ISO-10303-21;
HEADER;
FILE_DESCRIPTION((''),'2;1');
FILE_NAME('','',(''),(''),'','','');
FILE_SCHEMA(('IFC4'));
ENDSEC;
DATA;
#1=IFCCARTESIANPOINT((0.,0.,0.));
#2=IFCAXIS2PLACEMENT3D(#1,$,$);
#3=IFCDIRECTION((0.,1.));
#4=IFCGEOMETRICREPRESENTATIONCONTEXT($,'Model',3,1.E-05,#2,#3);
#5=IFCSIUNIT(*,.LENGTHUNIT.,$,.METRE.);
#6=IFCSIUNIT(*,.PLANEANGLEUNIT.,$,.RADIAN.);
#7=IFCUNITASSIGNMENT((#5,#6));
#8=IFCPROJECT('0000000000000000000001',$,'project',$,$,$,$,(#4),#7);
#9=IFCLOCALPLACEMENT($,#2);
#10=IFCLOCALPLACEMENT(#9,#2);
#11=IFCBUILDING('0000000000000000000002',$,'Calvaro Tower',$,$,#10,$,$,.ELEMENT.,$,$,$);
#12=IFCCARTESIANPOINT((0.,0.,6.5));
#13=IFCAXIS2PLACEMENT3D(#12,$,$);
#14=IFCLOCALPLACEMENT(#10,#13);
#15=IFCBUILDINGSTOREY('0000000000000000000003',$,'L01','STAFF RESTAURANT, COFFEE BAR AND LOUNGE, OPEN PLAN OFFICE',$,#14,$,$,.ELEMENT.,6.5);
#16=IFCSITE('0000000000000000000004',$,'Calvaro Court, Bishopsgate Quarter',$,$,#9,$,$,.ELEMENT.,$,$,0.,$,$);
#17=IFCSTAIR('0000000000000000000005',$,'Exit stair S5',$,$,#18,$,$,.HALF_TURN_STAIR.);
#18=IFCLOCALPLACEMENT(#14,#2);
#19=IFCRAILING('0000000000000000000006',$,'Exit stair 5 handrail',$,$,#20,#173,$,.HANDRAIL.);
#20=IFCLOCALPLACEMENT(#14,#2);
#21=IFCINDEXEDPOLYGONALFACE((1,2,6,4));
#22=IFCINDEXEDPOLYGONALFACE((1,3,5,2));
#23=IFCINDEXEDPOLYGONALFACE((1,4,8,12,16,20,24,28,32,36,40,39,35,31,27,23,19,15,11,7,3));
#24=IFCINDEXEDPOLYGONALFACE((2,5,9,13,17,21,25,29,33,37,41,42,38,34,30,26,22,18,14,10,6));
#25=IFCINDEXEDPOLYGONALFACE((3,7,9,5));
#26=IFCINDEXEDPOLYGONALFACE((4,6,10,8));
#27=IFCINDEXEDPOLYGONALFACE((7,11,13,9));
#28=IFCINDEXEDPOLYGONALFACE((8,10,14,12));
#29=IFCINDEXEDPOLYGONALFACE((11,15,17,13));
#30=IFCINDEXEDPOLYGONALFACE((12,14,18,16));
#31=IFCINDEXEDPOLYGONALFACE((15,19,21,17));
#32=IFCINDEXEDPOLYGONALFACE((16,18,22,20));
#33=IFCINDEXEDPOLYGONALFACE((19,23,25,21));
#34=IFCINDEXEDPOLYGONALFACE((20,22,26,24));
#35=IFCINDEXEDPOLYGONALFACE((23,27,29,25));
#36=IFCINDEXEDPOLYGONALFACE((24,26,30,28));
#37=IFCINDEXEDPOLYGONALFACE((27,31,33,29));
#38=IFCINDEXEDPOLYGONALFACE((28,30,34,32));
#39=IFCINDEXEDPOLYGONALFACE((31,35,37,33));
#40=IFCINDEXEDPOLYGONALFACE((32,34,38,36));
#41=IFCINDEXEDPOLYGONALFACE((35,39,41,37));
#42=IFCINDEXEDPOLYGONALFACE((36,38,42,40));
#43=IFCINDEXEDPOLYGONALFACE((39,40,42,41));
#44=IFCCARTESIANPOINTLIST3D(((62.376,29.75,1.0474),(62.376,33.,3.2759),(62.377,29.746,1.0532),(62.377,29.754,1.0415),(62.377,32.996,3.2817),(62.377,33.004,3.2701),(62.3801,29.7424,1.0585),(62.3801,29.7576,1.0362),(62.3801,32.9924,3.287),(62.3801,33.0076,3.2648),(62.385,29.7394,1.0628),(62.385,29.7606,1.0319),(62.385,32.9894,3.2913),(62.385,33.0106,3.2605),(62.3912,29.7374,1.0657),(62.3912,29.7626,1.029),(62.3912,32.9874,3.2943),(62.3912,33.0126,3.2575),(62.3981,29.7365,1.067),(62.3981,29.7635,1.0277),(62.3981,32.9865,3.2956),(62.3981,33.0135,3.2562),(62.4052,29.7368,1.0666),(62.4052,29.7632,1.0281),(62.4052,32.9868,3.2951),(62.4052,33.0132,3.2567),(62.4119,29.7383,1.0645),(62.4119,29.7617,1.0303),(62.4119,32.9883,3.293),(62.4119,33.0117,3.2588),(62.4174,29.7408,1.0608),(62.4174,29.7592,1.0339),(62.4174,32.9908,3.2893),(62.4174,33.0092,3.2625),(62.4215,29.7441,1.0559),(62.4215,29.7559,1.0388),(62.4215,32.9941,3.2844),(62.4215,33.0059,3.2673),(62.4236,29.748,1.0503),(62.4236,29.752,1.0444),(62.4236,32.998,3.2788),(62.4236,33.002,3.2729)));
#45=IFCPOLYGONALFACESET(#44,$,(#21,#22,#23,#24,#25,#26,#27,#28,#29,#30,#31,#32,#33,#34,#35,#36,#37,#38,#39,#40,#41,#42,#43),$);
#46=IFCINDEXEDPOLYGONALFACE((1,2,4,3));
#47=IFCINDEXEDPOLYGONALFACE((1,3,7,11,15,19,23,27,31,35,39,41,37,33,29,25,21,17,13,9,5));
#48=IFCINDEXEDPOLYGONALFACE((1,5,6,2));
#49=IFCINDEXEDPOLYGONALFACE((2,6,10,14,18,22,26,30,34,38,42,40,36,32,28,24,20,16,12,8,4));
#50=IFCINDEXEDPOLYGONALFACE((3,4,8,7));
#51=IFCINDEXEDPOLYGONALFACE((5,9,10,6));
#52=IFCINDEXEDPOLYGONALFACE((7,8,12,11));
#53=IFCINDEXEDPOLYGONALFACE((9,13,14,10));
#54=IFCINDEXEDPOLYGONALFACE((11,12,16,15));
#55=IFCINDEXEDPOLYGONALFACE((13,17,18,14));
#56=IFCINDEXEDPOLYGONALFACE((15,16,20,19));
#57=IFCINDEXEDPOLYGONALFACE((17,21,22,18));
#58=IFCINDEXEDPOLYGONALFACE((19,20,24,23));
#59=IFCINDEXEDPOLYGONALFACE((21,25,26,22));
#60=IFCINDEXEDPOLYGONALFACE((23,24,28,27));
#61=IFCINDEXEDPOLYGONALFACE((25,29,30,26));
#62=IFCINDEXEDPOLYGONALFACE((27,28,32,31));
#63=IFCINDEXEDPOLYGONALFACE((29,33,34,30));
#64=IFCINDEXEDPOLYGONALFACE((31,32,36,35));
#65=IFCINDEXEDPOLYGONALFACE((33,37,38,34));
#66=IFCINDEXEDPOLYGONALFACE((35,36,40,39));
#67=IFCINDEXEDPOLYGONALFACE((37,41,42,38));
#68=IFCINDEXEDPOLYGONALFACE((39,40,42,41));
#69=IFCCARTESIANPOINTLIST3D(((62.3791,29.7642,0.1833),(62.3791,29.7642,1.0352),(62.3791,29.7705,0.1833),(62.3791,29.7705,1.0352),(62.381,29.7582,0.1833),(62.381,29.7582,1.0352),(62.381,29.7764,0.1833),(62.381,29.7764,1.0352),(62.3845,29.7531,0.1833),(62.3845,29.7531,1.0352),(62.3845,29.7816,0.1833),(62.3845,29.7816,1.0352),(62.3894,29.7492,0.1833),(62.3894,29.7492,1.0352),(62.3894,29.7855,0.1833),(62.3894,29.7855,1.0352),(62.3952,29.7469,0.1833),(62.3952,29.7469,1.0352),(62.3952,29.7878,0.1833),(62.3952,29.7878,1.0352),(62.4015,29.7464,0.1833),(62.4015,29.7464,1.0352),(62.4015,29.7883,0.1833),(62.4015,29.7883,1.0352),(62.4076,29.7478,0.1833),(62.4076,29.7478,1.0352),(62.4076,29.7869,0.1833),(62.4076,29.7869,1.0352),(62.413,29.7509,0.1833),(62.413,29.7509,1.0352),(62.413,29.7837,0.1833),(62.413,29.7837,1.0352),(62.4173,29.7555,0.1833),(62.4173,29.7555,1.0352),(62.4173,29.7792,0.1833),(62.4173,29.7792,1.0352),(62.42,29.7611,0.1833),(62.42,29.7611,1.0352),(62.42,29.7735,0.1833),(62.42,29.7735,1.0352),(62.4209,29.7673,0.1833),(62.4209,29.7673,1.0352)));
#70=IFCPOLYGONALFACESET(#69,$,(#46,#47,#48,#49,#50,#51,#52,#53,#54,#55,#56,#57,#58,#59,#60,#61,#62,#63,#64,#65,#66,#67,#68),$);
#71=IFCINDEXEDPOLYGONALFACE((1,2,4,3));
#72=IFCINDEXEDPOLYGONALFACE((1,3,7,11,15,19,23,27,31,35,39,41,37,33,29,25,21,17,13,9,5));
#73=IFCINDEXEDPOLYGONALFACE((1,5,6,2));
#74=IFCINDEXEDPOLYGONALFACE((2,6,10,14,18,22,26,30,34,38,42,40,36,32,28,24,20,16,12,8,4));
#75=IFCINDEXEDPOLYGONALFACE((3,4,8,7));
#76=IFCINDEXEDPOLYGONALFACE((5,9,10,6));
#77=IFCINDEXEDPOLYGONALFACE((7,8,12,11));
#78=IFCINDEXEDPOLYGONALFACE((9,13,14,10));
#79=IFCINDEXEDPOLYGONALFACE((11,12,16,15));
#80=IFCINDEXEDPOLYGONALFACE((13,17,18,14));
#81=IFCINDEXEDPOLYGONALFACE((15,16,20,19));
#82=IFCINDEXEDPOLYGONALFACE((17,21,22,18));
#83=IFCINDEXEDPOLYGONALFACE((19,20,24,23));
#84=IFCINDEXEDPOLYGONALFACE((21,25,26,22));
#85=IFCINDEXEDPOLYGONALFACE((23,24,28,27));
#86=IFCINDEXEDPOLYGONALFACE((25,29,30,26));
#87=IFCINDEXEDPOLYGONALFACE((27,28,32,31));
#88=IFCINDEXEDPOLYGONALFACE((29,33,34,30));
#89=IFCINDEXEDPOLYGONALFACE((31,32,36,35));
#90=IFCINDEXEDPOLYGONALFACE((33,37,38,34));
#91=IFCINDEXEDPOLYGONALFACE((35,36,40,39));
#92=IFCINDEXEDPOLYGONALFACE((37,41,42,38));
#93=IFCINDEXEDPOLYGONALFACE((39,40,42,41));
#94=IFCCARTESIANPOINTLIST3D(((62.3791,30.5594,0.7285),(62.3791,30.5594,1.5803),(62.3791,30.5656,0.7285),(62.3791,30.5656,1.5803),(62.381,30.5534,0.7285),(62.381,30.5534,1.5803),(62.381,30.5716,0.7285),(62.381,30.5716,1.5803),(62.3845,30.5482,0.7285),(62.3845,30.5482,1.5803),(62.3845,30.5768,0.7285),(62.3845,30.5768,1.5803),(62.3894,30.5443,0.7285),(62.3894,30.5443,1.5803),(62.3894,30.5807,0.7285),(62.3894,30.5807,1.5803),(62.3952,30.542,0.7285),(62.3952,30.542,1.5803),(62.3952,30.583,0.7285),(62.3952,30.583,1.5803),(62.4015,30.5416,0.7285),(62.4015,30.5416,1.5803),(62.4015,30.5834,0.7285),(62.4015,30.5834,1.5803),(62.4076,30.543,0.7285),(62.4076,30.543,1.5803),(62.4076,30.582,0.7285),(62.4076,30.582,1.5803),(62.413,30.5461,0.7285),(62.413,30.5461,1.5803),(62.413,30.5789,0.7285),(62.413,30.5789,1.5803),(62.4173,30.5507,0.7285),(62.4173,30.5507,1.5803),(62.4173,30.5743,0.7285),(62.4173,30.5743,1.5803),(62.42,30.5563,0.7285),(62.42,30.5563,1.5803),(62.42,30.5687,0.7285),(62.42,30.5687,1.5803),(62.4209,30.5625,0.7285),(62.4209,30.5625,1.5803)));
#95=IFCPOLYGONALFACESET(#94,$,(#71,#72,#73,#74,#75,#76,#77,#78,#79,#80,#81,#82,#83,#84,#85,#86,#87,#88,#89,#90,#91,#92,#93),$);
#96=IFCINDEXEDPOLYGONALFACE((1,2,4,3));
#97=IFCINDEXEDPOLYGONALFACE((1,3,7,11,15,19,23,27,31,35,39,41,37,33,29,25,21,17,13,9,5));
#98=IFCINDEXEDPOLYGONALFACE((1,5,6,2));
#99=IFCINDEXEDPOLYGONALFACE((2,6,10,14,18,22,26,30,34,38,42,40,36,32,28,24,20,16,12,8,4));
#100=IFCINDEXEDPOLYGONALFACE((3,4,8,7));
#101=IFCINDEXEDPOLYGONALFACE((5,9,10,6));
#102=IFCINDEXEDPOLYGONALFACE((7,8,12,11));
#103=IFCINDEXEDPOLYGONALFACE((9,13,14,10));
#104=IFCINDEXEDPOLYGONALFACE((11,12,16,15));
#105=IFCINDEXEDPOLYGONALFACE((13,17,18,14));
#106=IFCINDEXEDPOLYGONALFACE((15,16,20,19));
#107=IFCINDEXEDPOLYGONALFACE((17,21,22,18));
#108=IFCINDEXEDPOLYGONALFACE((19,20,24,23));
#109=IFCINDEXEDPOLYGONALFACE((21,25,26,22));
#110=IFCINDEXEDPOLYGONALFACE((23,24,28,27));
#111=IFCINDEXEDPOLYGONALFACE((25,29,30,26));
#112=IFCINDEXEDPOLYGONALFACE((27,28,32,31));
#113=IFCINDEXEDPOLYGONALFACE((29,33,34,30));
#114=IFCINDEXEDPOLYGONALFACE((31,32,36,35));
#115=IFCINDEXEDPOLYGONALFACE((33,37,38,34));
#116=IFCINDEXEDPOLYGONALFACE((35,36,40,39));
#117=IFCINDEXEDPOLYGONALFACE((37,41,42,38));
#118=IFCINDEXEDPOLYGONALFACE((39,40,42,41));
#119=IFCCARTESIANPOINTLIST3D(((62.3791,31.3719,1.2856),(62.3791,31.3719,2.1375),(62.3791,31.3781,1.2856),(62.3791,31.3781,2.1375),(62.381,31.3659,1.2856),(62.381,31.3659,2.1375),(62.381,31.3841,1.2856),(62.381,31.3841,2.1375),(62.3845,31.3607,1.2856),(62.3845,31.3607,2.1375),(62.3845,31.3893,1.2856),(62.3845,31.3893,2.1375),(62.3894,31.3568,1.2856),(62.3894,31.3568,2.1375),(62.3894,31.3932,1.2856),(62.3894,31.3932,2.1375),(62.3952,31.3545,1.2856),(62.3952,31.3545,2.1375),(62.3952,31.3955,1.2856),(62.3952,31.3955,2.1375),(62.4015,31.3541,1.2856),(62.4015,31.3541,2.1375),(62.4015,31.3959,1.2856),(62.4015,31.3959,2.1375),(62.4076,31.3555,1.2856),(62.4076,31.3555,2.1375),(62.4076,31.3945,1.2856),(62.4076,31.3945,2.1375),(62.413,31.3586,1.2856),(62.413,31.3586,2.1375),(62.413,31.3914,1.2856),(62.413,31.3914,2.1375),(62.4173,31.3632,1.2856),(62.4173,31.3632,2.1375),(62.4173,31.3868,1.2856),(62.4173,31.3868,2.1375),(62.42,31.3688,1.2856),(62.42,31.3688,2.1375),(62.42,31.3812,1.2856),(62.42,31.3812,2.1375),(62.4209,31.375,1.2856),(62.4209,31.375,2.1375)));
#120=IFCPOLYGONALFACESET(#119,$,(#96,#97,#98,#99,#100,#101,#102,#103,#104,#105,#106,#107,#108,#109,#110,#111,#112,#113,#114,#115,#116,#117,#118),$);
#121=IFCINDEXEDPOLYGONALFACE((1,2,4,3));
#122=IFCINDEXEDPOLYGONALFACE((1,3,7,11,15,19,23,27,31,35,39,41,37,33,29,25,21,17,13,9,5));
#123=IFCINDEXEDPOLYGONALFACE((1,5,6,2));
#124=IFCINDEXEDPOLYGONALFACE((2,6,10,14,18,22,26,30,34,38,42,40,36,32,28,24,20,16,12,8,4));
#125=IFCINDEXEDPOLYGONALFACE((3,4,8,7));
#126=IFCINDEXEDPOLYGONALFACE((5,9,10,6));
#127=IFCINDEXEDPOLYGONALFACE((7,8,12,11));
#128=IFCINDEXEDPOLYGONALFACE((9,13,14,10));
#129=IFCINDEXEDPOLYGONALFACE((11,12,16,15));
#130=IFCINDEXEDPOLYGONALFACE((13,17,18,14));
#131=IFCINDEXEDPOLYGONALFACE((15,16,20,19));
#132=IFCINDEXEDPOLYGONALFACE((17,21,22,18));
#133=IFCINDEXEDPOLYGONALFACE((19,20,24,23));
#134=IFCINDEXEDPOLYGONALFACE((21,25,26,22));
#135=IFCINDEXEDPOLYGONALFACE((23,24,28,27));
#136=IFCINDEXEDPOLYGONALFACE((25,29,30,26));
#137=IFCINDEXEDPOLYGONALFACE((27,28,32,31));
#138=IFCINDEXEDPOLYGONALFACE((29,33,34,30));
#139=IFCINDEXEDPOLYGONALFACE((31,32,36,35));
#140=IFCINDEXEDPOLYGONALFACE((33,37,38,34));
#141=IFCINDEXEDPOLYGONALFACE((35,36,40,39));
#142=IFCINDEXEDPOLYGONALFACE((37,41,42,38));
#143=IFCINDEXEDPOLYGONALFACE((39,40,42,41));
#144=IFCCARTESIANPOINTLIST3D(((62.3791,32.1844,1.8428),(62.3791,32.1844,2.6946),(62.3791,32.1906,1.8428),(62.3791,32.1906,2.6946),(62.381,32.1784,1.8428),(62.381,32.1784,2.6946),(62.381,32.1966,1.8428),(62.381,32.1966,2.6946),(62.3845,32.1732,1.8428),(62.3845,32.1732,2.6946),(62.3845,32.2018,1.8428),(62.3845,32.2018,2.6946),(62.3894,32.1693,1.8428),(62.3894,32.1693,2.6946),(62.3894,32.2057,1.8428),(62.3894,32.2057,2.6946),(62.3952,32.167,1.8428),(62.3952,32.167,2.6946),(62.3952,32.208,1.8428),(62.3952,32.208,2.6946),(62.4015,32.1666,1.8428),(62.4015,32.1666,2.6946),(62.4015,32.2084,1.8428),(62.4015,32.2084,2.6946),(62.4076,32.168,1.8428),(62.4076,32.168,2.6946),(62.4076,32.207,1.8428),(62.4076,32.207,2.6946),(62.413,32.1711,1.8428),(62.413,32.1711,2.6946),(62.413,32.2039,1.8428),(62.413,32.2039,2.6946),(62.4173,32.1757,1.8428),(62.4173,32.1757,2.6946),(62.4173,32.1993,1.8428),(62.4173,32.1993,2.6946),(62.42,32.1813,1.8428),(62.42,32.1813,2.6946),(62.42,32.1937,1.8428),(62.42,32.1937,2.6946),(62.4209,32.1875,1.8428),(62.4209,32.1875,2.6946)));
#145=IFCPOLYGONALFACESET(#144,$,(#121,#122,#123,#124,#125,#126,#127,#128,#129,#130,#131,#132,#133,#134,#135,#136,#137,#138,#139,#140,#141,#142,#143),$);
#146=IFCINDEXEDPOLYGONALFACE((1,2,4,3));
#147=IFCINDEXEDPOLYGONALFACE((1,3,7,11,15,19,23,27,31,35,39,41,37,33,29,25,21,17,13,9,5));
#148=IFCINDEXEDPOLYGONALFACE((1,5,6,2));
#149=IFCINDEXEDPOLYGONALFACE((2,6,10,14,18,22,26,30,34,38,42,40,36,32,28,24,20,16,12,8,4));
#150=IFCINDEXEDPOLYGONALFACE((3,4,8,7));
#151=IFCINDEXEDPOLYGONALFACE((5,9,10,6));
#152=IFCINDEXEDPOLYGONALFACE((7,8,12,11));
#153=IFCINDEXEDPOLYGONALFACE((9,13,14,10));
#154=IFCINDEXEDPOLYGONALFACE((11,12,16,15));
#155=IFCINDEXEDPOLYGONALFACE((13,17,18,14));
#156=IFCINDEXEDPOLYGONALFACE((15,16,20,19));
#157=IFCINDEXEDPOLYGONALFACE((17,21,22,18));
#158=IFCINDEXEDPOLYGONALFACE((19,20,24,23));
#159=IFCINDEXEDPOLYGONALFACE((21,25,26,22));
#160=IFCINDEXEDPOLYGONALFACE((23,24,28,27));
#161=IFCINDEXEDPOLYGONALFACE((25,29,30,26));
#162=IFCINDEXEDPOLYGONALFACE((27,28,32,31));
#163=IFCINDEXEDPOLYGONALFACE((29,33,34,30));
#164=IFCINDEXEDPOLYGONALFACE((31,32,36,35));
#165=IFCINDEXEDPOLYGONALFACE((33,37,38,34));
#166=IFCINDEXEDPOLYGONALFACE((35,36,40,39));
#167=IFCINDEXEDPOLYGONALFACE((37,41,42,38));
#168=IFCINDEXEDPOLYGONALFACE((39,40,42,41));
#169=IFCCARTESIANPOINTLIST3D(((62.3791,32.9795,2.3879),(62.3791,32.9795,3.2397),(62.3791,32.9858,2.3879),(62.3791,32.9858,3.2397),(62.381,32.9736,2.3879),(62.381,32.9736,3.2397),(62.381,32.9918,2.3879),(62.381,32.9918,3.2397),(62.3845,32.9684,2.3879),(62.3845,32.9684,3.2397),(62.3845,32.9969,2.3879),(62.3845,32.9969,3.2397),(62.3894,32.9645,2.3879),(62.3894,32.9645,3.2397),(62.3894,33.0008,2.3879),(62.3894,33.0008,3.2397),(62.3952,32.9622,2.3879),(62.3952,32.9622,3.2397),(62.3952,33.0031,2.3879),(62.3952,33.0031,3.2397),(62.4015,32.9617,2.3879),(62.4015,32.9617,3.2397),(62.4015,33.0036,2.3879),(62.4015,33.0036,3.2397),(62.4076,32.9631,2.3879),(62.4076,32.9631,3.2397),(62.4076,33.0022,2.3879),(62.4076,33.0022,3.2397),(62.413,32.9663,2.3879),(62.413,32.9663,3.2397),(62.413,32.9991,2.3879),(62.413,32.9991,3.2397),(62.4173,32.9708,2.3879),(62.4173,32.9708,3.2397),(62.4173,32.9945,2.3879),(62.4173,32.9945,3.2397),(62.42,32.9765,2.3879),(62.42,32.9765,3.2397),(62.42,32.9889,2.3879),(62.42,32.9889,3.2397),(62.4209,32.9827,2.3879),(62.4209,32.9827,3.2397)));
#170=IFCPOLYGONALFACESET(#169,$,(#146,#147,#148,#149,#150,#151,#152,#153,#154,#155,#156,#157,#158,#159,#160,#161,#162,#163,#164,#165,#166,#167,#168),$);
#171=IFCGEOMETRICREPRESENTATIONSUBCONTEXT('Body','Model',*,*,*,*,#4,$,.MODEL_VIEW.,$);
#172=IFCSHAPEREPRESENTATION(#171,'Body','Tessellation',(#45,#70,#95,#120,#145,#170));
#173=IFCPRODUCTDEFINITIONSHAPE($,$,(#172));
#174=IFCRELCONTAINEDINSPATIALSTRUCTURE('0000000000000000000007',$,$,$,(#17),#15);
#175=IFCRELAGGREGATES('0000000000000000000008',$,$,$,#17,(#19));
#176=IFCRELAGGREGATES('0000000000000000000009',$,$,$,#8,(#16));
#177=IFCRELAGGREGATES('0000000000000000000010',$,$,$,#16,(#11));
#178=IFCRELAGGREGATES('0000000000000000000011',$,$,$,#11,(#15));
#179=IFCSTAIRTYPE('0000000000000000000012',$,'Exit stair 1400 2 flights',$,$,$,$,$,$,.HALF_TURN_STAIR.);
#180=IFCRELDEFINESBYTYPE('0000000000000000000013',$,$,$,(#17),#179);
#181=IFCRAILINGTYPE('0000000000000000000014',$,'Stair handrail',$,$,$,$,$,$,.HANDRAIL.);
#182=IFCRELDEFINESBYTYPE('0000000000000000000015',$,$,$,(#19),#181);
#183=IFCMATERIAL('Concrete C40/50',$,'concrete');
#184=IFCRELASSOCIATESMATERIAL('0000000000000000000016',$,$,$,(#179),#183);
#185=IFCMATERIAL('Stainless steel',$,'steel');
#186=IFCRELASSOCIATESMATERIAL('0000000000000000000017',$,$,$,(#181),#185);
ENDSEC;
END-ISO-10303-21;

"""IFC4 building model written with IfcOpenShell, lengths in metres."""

from ifc_helpers import new_model, si_unit, direction, frame, origin, origin_2d, place, context, subcontext, project, spatial, circle, extrude, material, type_object, element, aggregate, save


model = new_model("IFC4")

# Units and contexts
model_context = context("Model", 3, precision=1e-05, world=origin(), true_north=direction((0.0, 1.0)))
body_context = subcontext(model_context, "Body", "Model", "MODEL_VIEW")
ifc_project = project(units=[si_unit("LENGTHUNIT", "METRE"), si_unit("PLANEANGLEUNIT", "RADIAN")], contexts=[model_context])

# Site, building, storey
site_placement = place(None, origin())
site = spatial("IfcSite", under=ifc_project, at=site_placement, Name="Calvaro Court, Bishopsgate Quarter", CompositionType="ELEMENT", RefElevation=0.0)
building_placement = place(site_placement, origin())
building = spatial("IfcBuilding", under=site, at=building_placement, Name="Calvaro Tower", CompositionType="ELEMENT")
storey_placement = place(building_placement, frame((0.0, 0.0, 6.5)))
storey = spatial("IfcBuildingStorey", under=building, at=storey_placement, Name="L01", Description="STAFF RESTAURANT, COFFEE BAR AND LOUNGE, OPEN PLAN OFFICE", CompositionType="ELEMENT", Elevation=6.5)

# Stair
ifc_material_1 = material(Name="Concrete C40/50", Category="concrete")
stair_type_1 = type_object("IfcStairType", Name="Exit stair 1400 2 flights", PredefinedType="HALF_TURN_STAIR", material=ifc_material_1)
stair_1_placement = place(storey_placement, origin())
stair_1 = element("IfcStair", 1, at=stair_1_placement, inside=storey, type_object=stair_type_1, Name="Exit stair S5", PredefinedType="HALF_TURN_STAIR")

# Railing
ifc_material_2 = material(Name="Stainless steel", Category="steel")
railing_type = type_object("IfcRailingType", Name="Stair handrail", PredefinedType="HANDRAIL", material=ifc_material_2)
railing_1_placement = place(storey_placement, frame((62.3999, 29.75, 0.1714)))
railing_1 = element("IfcRailing", 2, at=railing_1_placement, type_object=railing_type, Name="Exit stair 5 handrail", PredefinedType="HANDRAIL", context=body_context, shape_type="SweptSolid", body=[
    extrude(circle(Radius=0.0239, at=origin_2d()), frame((0.0, 0.0, 0.876), z_axis=(0.0, 0.824735, 0.565519), x_axis=(-1.0, 0.0, 0.0)), (0.0, 0.0, 1.0), 3.9407),
    extrude(circle(Radius=0.021, at=origin_2d()), frame((0.0, 0.0173, 0.012)), (0.0, 0.0, 1.0), 0.8518),
    extrude(circle(Radius=0.021, at=origin_2d()), frame((0.0, 0.8125, 0.5571)), (0.0, 0.0, 1.0), 0.8518),
    extrude(circle(Radius=0.021, at=origin_2d()), frame((0.0, 1.625, 1.1143)), (0.0, 0.0, 1.0), 0.8518),
    extrude(circle(Radius=0.021, at=origin_2d()), frame((0.0, 2.4375, 1.6714)), (0.0, 0.0, 1.0), 0.8518),
    extrude(circle(Radius=0.021, at=origin_2d()), frame((0.0, 3.2327, 2.2166)), (0.0, 0.0, 1.0), 0.8518),
])
aggregate(stair_1, [railing_1])

save(model, "model.ifc")
